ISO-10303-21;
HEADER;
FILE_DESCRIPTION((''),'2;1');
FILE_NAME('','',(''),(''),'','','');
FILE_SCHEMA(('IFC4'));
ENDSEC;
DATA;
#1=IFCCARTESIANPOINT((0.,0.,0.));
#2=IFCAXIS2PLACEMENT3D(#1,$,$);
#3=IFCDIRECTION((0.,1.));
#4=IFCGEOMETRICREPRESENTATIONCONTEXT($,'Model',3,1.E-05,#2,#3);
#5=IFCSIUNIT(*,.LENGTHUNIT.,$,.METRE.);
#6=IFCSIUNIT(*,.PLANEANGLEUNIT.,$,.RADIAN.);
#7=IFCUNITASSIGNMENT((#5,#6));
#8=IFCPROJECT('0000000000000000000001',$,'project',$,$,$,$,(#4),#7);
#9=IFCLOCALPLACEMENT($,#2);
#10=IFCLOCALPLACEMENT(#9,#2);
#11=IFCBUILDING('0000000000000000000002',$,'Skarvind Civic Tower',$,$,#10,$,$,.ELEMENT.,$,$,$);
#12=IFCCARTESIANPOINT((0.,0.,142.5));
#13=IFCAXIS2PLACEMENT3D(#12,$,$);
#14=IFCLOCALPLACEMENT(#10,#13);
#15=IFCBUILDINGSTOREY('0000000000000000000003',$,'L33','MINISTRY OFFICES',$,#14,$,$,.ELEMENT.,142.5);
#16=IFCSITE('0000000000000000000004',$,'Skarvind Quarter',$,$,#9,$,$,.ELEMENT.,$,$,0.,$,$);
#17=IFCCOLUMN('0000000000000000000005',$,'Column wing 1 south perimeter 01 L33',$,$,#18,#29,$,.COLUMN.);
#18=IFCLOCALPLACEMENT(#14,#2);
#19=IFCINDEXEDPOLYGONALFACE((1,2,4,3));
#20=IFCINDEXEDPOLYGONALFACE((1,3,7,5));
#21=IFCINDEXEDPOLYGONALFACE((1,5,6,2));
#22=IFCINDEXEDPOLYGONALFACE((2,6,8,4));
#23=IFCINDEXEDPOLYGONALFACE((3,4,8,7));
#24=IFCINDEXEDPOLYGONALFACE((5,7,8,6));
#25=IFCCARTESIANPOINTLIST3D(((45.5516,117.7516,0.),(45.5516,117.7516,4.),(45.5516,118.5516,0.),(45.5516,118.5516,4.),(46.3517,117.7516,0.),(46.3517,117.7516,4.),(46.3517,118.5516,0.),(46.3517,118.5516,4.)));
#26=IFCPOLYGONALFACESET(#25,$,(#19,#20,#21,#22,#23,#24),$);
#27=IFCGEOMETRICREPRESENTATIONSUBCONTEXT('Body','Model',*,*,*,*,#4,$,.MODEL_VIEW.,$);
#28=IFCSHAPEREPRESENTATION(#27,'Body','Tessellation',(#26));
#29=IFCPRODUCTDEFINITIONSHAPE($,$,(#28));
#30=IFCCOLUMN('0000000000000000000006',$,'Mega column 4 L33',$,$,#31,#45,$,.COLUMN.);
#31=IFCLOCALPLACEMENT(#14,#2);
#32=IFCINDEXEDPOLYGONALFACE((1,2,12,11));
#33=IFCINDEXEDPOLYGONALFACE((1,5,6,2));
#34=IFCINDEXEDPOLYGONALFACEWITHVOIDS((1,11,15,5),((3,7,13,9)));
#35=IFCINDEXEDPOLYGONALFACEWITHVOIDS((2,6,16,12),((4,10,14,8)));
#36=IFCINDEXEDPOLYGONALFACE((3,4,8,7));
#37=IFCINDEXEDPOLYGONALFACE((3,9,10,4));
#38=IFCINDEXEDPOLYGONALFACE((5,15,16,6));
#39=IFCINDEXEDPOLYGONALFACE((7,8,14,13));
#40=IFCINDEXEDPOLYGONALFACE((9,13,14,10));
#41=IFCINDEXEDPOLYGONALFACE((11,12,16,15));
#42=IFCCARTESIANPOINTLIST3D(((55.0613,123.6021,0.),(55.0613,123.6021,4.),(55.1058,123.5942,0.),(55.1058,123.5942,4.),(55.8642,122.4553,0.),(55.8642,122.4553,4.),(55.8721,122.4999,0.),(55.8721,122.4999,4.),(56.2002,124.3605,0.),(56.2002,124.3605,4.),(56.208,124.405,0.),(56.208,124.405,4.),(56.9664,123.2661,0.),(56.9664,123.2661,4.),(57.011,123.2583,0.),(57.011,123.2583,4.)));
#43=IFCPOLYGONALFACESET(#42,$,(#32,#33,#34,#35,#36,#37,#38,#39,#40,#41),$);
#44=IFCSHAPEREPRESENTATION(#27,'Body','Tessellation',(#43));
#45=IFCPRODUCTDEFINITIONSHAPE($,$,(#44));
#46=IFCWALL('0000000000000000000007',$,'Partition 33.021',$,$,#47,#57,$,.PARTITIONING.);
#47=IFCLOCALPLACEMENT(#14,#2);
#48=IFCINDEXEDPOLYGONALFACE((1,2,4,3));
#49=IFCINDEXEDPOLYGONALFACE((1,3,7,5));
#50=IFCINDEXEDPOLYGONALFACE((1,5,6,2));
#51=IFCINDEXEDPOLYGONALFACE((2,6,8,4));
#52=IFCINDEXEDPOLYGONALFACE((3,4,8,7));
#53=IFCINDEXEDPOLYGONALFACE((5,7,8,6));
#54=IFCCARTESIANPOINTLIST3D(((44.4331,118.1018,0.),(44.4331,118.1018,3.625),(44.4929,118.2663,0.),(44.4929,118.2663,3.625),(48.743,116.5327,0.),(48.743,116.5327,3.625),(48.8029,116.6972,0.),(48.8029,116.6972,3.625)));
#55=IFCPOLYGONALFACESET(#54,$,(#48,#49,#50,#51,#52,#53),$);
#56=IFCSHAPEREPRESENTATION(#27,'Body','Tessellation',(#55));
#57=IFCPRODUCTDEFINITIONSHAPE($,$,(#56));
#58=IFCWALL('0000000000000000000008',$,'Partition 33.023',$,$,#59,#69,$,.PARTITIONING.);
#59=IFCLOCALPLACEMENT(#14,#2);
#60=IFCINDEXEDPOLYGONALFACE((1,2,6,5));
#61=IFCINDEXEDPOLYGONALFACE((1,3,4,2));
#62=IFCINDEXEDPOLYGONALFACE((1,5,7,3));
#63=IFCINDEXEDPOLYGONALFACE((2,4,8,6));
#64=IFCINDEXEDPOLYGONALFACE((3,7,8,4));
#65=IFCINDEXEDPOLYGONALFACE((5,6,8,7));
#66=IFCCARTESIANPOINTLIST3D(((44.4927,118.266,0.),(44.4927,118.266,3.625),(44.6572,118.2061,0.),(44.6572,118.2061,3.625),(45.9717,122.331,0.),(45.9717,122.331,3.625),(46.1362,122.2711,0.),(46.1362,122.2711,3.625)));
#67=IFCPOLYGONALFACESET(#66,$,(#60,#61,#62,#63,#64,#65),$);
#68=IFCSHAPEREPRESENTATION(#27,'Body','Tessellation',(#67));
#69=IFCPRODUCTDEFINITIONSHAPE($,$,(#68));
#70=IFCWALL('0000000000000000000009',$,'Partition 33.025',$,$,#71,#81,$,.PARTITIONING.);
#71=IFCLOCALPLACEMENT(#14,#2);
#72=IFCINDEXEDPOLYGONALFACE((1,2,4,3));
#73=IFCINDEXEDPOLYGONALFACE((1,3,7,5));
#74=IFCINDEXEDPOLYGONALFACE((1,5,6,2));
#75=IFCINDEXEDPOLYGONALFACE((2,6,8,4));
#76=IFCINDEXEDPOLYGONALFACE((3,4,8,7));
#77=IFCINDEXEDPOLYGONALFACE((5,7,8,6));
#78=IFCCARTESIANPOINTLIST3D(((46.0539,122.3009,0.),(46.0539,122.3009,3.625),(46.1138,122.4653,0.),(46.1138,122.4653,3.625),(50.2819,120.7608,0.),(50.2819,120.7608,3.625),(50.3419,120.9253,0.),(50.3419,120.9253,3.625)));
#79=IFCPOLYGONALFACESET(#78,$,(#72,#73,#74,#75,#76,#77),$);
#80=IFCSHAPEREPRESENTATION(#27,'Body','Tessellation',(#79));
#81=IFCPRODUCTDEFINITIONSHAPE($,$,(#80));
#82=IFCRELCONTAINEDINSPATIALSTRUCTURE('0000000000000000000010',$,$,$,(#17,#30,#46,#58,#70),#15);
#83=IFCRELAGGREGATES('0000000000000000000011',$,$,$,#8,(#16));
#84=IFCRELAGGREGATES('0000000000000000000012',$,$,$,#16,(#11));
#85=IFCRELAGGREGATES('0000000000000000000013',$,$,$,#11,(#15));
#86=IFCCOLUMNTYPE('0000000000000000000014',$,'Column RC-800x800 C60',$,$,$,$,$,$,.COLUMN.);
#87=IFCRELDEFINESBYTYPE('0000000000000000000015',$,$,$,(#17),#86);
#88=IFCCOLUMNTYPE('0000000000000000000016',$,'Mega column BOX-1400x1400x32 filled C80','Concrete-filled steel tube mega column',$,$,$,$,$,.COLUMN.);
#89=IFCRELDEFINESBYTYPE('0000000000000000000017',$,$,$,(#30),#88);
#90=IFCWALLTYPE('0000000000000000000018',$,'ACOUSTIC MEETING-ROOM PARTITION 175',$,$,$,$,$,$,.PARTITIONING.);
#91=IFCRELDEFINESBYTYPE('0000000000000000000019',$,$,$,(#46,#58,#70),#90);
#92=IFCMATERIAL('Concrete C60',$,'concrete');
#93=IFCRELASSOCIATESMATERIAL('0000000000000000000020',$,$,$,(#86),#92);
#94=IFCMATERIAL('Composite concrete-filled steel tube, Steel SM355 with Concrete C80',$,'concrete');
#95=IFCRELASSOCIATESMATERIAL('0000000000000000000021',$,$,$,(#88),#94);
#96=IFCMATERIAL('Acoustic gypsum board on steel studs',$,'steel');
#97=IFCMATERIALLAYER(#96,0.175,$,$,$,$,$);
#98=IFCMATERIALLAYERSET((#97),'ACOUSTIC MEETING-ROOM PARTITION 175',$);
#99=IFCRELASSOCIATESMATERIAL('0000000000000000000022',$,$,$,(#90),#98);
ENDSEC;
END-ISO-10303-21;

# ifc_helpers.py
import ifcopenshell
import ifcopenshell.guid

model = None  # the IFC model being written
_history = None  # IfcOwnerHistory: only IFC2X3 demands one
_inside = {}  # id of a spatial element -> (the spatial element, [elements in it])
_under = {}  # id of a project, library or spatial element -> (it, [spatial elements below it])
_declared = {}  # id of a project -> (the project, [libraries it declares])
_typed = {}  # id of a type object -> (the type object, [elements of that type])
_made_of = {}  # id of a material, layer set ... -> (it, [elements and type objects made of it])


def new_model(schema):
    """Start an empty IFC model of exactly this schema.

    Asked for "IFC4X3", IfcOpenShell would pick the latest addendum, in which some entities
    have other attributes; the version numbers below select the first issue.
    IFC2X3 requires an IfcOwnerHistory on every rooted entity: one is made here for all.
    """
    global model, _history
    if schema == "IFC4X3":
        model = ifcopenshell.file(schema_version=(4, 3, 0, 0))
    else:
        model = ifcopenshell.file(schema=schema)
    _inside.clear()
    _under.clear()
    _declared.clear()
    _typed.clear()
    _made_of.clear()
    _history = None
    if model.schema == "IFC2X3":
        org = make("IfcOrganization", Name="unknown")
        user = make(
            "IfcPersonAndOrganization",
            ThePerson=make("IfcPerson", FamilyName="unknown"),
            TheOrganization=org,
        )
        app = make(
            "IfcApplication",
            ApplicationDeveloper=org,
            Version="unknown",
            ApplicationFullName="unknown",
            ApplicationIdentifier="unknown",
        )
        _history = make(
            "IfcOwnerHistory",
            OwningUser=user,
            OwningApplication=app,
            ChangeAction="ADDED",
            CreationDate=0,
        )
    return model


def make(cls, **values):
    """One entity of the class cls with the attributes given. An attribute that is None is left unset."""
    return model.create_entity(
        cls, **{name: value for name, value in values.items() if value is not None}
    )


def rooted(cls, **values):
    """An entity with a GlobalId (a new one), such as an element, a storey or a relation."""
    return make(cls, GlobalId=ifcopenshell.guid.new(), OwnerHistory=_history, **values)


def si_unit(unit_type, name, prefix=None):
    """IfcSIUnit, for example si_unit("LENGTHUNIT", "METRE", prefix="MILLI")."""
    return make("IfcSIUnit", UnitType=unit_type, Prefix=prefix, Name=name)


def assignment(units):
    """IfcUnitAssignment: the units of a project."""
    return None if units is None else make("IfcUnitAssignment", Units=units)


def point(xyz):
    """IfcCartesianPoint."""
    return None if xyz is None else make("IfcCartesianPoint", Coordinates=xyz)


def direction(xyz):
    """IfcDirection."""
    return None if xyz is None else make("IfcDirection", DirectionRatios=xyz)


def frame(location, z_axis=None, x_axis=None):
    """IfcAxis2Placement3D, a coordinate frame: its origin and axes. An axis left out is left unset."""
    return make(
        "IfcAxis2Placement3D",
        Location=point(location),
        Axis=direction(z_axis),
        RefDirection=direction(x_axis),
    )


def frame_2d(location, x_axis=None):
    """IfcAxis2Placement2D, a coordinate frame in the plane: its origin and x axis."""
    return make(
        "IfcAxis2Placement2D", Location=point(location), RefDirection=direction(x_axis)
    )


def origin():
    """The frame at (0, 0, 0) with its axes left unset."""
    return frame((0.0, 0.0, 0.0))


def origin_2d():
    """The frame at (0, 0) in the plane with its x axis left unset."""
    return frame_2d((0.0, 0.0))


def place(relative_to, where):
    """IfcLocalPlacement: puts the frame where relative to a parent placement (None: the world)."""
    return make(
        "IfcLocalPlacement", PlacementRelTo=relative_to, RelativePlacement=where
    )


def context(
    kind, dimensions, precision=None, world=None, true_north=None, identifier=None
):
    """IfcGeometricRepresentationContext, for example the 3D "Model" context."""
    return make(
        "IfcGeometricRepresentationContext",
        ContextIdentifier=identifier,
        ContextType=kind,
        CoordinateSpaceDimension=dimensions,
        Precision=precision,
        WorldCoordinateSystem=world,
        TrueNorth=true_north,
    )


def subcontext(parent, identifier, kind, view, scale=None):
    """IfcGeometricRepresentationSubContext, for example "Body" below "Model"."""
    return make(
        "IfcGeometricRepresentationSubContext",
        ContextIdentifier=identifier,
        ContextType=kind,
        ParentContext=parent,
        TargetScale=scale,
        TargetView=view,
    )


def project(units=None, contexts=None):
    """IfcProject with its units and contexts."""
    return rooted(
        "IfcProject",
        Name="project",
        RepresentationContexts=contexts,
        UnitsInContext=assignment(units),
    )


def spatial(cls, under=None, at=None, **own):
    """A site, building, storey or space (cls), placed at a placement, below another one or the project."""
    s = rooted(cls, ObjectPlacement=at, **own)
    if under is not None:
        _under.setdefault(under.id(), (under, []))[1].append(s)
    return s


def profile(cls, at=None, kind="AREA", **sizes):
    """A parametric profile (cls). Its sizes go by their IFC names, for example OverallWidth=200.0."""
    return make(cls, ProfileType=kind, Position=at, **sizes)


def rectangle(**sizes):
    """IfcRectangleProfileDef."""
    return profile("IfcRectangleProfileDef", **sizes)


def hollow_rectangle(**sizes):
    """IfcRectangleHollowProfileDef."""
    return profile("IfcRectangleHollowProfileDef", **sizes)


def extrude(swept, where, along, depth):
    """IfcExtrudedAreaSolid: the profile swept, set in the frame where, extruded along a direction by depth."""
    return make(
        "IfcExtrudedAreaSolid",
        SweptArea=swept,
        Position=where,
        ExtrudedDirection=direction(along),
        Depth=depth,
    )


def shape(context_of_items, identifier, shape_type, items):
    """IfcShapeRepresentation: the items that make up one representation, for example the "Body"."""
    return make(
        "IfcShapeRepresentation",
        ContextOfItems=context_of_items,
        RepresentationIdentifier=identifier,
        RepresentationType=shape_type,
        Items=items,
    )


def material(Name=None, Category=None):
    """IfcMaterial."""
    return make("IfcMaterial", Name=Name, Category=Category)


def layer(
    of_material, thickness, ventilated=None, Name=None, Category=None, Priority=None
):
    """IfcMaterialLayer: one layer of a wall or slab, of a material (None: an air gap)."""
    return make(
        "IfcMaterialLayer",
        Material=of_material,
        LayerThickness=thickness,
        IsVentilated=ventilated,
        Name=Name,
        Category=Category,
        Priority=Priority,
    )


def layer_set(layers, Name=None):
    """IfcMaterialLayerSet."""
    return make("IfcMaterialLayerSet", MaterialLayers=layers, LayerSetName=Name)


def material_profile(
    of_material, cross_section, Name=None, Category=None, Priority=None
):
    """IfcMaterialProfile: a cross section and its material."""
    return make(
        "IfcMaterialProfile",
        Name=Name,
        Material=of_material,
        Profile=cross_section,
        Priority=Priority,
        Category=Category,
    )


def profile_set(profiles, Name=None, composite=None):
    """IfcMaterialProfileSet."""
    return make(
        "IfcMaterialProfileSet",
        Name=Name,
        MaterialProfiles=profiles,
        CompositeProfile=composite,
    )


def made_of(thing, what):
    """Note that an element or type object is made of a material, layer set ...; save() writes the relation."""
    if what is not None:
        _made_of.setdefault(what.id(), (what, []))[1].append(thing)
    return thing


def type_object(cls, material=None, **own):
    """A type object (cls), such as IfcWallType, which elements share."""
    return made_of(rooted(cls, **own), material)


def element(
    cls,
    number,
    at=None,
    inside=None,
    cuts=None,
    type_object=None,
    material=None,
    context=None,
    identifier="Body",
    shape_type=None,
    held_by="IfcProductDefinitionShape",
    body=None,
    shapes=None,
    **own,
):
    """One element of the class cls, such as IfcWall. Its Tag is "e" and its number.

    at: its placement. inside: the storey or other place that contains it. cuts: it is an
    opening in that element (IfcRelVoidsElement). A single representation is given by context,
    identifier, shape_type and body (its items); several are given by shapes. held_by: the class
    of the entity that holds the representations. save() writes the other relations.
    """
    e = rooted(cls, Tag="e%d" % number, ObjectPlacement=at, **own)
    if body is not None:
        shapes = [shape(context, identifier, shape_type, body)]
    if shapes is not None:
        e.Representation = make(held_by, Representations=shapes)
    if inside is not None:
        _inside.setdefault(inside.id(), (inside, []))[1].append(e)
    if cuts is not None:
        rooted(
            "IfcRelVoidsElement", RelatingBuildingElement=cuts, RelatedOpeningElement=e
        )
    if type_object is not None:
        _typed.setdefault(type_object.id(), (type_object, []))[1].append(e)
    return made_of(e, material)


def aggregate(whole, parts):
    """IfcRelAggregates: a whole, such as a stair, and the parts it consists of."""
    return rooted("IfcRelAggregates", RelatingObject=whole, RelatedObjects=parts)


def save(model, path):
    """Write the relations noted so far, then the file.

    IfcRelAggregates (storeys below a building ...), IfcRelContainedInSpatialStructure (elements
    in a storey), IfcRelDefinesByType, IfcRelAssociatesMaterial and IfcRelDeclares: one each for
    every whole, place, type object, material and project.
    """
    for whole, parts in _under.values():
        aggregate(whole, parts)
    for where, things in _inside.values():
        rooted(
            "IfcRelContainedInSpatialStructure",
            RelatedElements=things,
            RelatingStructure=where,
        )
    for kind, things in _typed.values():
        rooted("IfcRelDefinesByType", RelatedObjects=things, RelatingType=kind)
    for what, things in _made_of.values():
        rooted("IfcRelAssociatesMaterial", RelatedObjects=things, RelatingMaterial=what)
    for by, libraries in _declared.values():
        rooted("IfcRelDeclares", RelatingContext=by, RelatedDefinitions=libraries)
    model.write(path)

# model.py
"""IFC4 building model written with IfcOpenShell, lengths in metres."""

from ifc_helpers import new_model, si_unit, direction, frame, frame_2d, origin, origin_2d, place, context, subcontext, project, spatial, rectangle, hollow_rectangle, extrude, material, layer, layer_set, material_profile, profile_set, type_object, element, save


model = new_model("IFC4")

# Units and contexts
model_context = context("Model", 3, precision=1e-05, world=origin(), true_north=direction((0.0, 1.0)))
body_context = subcontext(model_context, "Body", "Model", "MODEL_VIEW")
ifc_project = project(units=[si_unit("LENGTHUNIT", "METRE"), si_unit("PLANEANGLEUNIT", "RADIAN")], contexts=[model_context])

# Site, building, storey
site_placement = place(None, origin())
site = spatial("IfcSite", under=ifc_project, at=site_placement, Name="Skarvind Quarter", CompositionType="ELEMENT", RefElevation=0.0)
building_placement = place(site_placement, origin())
building = spatial("IfcBuilding", under=site, at=building_placement, Name="Skarvind Civic Tower", CompositionType="ELEMENT")
storey_placement = place(building_placement, frame((0.0, 0.0, 142.5)))
storey = spatial("IfcBuildingStorey", under=building, at=storey_placement, Name="L33", Description="MINISTRY OFFICES", CompositionType="ELEMENT", Elevation=142.5)

# Columns
ifc_material_1 = material(Name="Concrete C60", Category="concrete")
ifc_material_profile_1 = material_profile(ifc_material_1, rectangle(XDim=0.8, YDim=0.8, at=origin_2d()), Name="RC-800x800")
ifc_profile_set_1 = profile_set([ifc_material_profile_1], Name="Concrete C60")
column_type_1 = type_object("IfcColumnType", Name="Column RC-800x800 C60", PredefinedType="COLUMN", material=ifc_profile_set_1)
column_1_placement = place(storey_placement, frame((45.9517, 118.1516, 0.0), z_axis=(0.0, 0.0, 1.0), x_axis=(1.0, 0.0, 0.0)))
element("IfcColumn", 1, at=column_1_placement, inside=storey, type_object=column_type_1, Name="Column wing 1 south perimeter 01 L33", PredefinedType="COLUMN", context=body_context, shape_type="SweptSolid", body=[
    extrude(rectangle(XDim=0.8, YDim=0.8, at=origin_2d()), origin(), (0.0, 0.0, 1.0), 4.0),
])
ifc_material_2 = material(Name="Composite concrete-filled steel tube, Steel SM355 with Concrete C80", Category="concrete")
ifc_material_profile_2 = material_profile(ifc_material_2, hollow_rectangle(XDim=1.3999, YDim=1.3999, WallThickness=0.032, at=origin_2d()), Name="BOX-1400x1400x32")
ifc_profile_set_2 = profile_set([ifc_material_profile_2], Name="Composite concrete-filled steel tube, Steel SM355 with Concrete C80")
column_type_2 = type_object("IfcColumnType", Name="Mega column BOX-1400x1400x32 filled C80", Description="Concrete-filled steel tube mega column", PredefinedType="COLUMN", material=ifc_profile_set_2)
column_2_placement = place(storey_placement, frame((56.0361, 123.4302, 0.0), z_axis=(0.0, 0.0, 1.0), x_axis=(0.573576, -0.819152, 0.0)))
element("IfcColumn", 2, at=column_2_placement, inside=storey, type_object=column_type_2, Name="Mega column 4 L33", PredefinedType="COLUMN", context=body_context, shape_type="SweptSolid", body=[
    extrude(hollow_rectangle(XDim=1.3999, YDim=1.3999, WallThickness=0.032, at=origin_2d()), origin(), (0.0, 0.0, 1.0), 4.0),
])

# Walls
ifc_material_3 = material(Name="Acoustic gypsum board on steel studs", Category="steel")
ifc_layer_1 = layer(ifc_material_3, 0.175)
ifc_layer_set_1 = layer_set([ifc_layer_1], Name="ACOUSTIC MEETING-ROOM PARTITION 175")
wall_type_1 = type_object("IfcWallType", Name="ACOUSTIC MEETING-ROOM PARTITION 175", PredefinedType="PARTITIONING", material=ifc_layer_set_1)
wall_1_placement = place(storey_placement, frame((44.4629, 118.1841, 0.0), z_axis=(0.0, 0.0, 1.0), x_axis=(0.939667, -0.342089, 0.0)))
element("IfcWall", 3, at=wall_1_placement, inside=storey, type_object=wall_type_1, Name="Partition 33.021", PredefinedType="PARTITIONING", context=body_context, shape_type="SweptSolid", body=[
    extrude(rectangle(XDim=4.5867, YDim=0.175, at=frame_2d((2.2935, 0.0))), origin(), (0.0, 0.0, 1.0), 3.625),
])
wall_2_placement = place(storey_placement, frame((46.054, 122.301, 0.0), z_axis=(0.0, 0.0, 1.0), x_axis=(-0.341915, -0.939731, 0.0)))
element("IfcWall", 4, at=wall_2_placement, inside=storey, type_object=wall_type_1, Name="Partition 33.023", PredefinedType="PARTITIONING", context=body_context, shape_type="SweptSolid", body=[
    extrude(rectangle(XDim=4.3257, YDim=0.175, at=frame_2d((2.1628, 0.0))), origin(), (0.0, 0.0, 1.0), 3.625),
])
wall_3_placement = place(storey_placement, frame((50.312, 120.843, 0.0), z_axis=(0.0, 0.0, 1.0), x_axis=(-0.93961, 0.342248, 0.0)))
element("IfcWall", 5, at=wall_3_placement, inside=storey, type_object=wall_type_1, Name="Partition 33.025", PredefinedType="PARTITIONING", context=body_context, shape_type="SweptSolid", body=[
    extrude(rectangle(XDim=4.4998, YDim=0.175, at=frame_2d((2.25, 0.0))), origin(), (0.0, 0.0, 1.0), 3.625),
])

save(model, "model.ifc")
